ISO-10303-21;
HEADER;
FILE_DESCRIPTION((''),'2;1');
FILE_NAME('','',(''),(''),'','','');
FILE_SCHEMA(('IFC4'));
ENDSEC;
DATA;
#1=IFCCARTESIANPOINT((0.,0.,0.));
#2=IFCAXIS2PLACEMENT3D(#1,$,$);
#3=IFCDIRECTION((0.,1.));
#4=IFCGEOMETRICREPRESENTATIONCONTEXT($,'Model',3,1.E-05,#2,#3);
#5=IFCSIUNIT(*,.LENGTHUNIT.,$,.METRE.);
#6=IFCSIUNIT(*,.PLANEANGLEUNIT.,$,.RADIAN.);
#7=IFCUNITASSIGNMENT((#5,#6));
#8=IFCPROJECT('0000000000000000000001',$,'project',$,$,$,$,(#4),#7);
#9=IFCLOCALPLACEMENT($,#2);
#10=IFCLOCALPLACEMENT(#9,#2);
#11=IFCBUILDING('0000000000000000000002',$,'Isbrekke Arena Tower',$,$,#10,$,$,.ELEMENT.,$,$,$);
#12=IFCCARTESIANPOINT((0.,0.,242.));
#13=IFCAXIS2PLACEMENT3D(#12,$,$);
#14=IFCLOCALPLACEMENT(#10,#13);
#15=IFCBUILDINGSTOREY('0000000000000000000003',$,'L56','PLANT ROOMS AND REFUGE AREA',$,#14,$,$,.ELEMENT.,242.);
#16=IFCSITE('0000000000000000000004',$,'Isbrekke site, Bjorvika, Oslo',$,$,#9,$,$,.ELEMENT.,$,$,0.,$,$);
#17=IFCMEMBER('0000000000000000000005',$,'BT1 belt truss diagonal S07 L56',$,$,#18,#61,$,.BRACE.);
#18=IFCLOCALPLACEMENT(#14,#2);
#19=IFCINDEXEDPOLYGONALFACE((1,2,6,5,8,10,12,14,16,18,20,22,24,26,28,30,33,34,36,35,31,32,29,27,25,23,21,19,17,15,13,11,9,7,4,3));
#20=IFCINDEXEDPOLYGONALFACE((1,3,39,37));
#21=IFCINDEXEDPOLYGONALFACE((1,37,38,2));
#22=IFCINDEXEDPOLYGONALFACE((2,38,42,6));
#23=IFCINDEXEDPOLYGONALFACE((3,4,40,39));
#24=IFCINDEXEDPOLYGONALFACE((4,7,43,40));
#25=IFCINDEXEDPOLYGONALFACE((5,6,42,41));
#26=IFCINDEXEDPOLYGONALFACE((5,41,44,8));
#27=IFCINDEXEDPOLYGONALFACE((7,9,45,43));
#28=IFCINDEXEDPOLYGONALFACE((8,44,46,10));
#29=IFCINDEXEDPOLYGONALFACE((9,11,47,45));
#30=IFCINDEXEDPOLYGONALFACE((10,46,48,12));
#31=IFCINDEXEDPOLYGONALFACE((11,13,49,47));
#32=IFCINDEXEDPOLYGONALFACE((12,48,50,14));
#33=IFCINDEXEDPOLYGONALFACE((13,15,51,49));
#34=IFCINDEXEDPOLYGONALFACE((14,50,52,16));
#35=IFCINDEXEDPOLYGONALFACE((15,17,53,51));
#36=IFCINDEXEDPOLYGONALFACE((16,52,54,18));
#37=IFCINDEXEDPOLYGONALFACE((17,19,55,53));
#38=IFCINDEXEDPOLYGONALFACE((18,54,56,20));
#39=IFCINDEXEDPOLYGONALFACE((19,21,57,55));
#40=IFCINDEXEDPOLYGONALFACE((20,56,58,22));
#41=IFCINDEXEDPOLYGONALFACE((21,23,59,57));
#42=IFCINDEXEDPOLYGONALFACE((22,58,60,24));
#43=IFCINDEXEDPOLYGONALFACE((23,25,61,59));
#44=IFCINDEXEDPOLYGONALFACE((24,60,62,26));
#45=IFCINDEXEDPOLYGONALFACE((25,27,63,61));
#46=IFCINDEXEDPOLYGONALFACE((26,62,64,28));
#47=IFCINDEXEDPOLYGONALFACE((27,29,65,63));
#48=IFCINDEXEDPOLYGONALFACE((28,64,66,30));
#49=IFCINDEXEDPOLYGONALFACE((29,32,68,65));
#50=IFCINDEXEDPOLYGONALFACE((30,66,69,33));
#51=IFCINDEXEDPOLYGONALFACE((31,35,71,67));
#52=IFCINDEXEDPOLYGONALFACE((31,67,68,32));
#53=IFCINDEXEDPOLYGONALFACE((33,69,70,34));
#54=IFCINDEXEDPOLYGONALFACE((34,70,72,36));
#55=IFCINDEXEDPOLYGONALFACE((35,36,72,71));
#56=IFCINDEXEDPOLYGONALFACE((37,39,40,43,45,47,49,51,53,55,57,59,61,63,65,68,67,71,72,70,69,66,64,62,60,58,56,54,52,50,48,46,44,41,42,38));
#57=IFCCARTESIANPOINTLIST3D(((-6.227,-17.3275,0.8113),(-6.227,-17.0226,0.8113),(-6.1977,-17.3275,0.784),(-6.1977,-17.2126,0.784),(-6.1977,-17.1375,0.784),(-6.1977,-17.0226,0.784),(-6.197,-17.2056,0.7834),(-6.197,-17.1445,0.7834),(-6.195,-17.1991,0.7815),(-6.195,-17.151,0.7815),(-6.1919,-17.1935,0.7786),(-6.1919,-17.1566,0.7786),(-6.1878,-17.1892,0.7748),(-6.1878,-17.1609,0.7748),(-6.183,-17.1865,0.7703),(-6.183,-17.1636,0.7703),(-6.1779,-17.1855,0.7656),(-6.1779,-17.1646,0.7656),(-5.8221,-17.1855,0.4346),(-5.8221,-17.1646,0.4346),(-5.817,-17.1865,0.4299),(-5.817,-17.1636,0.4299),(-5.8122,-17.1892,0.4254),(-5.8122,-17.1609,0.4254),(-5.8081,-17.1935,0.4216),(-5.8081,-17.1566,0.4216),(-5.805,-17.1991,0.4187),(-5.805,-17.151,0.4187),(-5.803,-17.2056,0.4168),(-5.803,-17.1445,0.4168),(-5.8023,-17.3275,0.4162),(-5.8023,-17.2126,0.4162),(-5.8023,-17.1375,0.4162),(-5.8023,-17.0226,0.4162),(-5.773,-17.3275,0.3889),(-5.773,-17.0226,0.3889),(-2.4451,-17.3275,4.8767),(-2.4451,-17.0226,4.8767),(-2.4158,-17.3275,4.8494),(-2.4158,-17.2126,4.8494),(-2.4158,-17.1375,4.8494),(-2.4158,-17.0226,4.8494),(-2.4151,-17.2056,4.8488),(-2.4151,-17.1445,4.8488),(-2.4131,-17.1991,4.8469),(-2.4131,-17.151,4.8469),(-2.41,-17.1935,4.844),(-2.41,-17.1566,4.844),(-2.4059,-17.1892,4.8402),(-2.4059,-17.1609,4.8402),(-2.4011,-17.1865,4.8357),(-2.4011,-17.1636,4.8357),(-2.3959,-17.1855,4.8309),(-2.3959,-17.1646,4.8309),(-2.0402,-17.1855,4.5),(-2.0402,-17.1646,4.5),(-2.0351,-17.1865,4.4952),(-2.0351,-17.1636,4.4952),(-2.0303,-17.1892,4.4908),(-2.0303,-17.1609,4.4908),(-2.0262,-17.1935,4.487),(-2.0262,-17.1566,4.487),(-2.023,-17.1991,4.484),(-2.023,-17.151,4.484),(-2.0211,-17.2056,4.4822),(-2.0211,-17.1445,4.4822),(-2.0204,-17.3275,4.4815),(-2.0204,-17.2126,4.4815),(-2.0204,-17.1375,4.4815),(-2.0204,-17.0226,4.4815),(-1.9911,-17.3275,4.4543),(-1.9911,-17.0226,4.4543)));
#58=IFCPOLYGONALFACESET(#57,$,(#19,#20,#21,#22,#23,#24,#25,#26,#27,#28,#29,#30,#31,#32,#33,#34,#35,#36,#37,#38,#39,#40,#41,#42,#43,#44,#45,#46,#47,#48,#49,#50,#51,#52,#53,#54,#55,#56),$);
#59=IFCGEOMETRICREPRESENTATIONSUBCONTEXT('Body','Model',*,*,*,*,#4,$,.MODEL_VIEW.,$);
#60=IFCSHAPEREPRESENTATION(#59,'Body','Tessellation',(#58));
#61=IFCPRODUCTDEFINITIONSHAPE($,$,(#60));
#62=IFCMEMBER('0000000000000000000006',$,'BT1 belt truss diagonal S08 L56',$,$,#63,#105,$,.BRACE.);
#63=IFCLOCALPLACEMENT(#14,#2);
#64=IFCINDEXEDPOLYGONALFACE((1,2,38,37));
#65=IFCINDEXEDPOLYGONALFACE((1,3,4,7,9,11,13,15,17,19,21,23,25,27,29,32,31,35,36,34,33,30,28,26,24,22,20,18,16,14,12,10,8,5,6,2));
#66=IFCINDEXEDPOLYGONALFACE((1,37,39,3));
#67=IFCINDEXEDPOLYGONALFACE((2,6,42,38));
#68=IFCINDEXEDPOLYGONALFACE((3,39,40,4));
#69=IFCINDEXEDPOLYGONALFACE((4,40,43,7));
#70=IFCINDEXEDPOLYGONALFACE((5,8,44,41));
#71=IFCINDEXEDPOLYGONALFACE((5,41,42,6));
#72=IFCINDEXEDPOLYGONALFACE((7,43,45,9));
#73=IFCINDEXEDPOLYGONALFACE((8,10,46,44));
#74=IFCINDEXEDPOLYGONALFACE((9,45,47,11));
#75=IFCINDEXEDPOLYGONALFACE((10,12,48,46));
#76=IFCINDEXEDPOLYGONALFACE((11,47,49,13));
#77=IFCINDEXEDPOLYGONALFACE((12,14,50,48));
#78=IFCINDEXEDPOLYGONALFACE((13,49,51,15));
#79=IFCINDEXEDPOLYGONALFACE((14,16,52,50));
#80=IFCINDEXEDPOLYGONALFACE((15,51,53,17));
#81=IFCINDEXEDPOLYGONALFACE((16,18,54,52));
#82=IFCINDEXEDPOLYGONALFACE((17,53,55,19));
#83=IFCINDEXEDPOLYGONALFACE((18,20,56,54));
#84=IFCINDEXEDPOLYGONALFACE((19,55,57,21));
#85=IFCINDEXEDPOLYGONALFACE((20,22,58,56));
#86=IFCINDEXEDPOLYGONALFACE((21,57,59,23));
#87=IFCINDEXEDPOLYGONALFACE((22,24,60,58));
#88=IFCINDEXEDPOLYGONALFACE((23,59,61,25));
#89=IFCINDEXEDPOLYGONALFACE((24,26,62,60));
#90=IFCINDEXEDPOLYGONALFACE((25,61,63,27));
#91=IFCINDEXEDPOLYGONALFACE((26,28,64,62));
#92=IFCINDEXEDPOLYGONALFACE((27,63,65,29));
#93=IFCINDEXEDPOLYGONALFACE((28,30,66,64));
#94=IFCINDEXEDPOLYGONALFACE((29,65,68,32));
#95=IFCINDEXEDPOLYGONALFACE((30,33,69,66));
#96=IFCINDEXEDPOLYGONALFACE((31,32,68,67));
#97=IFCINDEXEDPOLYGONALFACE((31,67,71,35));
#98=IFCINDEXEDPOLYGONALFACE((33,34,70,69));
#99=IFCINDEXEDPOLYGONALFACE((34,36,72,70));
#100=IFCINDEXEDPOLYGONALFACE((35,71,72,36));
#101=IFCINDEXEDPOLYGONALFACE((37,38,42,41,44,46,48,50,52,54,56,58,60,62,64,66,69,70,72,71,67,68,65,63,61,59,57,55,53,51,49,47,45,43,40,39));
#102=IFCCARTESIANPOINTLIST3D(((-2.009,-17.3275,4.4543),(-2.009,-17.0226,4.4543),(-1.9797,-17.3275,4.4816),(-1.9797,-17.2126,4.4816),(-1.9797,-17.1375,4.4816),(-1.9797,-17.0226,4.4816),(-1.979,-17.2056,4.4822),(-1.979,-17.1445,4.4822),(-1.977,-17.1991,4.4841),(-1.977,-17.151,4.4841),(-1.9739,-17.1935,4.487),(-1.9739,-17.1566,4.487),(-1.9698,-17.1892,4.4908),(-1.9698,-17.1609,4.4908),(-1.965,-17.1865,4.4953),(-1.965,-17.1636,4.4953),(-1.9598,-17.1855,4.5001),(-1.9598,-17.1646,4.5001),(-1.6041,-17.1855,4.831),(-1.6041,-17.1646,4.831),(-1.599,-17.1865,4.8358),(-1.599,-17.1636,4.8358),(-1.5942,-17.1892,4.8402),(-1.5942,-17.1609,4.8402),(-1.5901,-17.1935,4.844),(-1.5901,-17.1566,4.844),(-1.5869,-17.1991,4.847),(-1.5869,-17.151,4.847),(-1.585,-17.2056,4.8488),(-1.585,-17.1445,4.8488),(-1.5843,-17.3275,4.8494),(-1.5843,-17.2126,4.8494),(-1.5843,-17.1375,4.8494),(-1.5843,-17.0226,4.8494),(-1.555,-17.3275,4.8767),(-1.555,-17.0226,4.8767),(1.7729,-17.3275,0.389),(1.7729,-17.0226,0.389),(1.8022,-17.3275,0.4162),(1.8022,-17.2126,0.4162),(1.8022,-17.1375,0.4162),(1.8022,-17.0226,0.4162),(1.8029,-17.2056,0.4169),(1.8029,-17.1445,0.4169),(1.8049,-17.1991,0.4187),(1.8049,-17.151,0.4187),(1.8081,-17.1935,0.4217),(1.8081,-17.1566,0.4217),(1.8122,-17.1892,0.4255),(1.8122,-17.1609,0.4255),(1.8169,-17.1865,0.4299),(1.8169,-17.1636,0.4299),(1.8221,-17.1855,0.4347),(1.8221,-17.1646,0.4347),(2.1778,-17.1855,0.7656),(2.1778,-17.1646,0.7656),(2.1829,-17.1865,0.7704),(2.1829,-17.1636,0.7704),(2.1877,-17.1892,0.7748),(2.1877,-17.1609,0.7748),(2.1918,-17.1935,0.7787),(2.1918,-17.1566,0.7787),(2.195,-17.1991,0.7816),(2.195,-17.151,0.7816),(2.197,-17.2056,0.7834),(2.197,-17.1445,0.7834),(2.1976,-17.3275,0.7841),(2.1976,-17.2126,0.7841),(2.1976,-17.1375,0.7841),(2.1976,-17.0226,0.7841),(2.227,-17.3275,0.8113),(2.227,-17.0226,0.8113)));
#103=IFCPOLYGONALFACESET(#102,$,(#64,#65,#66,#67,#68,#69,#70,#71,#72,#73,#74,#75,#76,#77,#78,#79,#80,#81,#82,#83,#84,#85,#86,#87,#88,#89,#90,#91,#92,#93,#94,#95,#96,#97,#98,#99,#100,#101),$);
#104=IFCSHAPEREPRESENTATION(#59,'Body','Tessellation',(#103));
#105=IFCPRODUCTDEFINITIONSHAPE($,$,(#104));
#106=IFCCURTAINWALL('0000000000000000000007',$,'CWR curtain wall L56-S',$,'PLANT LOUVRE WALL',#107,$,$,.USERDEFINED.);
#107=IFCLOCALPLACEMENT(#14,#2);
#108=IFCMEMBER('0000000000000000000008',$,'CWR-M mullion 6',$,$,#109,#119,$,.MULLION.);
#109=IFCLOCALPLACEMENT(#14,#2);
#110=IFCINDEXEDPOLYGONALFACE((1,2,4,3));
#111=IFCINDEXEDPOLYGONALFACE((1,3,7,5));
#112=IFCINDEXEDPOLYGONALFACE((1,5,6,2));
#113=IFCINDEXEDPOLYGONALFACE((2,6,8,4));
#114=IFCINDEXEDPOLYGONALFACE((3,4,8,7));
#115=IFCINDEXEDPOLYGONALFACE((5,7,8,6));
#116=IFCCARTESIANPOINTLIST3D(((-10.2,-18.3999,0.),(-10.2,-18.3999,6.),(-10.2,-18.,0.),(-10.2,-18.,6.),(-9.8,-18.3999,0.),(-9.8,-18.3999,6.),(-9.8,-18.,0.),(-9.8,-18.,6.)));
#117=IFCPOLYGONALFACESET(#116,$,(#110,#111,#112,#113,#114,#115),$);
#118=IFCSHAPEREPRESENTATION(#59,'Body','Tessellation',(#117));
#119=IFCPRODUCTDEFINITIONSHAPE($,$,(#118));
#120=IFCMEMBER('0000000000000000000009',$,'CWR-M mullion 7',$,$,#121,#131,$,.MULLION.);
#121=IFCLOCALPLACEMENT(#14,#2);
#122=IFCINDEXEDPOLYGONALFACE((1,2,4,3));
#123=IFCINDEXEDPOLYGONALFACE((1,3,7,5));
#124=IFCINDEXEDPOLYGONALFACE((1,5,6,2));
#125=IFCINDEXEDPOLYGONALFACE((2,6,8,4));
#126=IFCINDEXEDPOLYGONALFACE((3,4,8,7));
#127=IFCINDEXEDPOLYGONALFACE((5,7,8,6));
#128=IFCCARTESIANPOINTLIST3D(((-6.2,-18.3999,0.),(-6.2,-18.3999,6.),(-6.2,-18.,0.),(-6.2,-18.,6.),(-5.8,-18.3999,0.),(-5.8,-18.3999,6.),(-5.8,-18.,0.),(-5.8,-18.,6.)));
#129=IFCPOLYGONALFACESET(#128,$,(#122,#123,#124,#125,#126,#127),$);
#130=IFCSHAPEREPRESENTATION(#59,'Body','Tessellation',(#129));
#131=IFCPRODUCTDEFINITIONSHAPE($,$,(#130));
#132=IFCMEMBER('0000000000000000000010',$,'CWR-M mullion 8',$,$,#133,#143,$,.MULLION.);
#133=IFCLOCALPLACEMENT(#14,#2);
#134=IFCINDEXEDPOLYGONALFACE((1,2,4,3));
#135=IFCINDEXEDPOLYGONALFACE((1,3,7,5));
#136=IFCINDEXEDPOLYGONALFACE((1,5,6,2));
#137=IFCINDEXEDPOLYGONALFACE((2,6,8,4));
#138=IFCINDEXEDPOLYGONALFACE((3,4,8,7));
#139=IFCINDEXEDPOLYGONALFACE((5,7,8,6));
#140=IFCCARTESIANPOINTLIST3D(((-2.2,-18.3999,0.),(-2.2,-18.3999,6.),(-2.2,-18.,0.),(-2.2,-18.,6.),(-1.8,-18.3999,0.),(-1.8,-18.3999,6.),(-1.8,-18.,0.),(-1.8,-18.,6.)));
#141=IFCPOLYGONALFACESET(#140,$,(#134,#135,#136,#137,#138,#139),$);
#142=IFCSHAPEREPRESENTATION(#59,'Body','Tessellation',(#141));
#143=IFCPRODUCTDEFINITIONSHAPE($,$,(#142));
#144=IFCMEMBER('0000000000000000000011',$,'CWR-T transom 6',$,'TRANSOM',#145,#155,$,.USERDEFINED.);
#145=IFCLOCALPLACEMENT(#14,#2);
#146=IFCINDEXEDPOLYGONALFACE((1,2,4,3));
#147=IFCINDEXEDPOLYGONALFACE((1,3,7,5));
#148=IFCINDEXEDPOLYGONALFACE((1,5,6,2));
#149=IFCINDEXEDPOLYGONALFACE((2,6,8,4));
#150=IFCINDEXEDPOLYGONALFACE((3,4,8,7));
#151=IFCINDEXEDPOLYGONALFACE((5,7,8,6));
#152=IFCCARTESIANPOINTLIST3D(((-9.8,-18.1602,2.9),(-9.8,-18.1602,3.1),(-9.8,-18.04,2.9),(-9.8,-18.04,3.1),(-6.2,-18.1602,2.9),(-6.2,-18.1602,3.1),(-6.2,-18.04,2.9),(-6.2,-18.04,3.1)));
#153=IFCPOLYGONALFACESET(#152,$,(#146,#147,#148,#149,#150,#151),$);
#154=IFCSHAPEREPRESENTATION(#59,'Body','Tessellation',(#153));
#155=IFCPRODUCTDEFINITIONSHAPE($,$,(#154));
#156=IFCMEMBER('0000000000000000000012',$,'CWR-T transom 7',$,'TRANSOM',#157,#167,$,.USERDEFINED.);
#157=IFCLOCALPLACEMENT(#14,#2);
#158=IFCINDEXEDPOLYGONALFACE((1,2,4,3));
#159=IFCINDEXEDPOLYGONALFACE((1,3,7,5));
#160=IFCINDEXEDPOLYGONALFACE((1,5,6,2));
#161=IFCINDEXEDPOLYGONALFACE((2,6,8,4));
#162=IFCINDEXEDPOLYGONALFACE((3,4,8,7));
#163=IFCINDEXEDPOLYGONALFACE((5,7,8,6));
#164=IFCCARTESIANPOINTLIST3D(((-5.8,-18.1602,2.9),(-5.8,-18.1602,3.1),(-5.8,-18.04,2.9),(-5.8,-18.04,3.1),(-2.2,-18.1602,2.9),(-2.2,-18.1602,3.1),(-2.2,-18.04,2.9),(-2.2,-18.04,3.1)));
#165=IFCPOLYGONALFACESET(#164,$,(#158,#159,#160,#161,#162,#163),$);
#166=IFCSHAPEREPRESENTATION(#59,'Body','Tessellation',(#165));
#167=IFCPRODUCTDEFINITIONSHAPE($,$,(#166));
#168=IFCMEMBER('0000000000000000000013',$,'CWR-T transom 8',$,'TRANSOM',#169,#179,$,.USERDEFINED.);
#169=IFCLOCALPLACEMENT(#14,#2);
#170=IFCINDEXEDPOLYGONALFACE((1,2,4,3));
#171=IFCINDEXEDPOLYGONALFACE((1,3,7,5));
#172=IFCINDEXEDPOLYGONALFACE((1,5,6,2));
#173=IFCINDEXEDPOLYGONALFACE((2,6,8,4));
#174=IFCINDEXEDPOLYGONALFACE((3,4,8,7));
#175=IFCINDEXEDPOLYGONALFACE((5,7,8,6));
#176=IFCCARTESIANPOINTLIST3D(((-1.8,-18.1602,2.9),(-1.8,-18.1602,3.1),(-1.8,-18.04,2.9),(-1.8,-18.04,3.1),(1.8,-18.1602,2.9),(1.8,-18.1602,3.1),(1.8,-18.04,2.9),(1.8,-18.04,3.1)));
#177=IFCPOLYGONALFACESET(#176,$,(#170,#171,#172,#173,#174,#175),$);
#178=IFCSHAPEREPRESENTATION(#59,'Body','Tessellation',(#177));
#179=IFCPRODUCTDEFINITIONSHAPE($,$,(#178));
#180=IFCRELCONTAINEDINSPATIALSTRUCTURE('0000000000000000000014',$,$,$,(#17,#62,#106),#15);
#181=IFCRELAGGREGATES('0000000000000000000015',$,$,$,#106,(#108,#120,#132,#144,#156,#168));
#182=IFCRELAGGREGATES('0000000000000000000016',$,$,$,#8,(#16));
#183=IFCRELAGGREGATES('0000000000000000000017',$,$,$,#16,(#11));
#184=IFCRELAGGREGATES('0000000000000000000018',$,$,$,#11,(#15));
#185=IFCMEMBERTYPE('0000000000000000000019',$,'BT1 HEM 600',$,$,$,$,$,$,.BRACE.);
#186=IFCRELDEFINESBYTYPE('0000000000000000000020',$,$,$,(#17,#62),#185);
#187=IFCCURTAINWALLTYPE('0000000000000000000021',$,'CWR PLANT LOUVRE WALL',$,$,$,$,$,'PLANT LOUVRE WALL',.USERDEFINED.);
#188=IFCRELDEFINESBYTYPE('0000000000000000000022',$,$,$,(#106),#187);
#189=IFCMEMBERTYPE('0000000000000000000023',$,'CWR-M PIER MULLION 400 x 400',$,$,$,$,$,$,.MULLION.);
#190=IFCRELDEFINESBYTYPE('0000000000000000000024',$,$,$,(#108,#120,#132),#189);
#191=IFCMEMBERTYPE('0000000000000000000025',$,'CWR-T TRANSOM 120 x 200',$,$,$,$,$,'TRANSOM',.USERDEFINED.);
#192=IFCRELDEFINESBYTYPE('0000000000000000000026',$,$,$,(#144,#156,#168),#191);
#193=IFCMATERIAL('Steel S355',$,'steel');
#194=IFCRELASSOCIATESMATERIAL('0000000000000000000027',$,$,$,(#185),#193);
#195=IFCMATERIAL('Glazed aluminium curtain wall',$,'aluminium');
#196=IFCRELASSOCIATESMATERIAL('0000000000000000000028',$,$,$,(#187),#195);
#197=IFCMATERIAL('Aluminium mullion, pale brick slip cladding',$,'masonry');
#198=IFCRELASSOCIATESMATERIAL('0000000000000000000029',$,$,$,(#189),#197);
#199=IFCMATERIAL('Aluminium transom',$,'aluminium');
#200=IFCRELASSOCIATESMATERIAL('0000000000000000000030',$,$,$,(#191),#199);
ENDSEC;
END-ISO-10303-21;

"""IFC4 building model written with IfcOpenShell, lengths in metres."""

from ifc_helpers import new_model, si_unit, direction, frame, origin, origin_2d, place, context, subcontext, project, spatial, rectangle, i_section, extrude, material, material_profile, profile_set, type_object, element, aggregate, save


model = new_model("IFC4")

# Units and contexts
model_context = context("Model", 3, precision=1e-05, world=origin(), true_north=direction((0.0, 1.0)))
body_context = subcontext(model_context, "Body", "Model", "MODEL_VIEW")
ifc_project = project(units=[si_unit("LENGTHUNIT", "METRE"), si_unit("PLANEANGLEUNIT", "RADIAN")], contexts=[model_context])

# Site, building, storey
site_placement = place(None, origin())
site = spatial("IfcSite", under=ifc_project, at=site_placement, Name="Isbrekke site, Bjorvika, Oslo", CompositionType="ELEMENT", RefElevation=0.0)
building_placement = place(site_placement, origin())
building = spatial("IfcBuilding", under=site, at=building_placement, Name="Isbrekke Arena Tower", CompositionType="ELEMENT")
storey_placement = place(building_placement, frame((0.0, 0.0, 242.0)))
storey = spatial("IfcBuildingStorey", under=building, at=storey_placement, Name="L56", Description="PLANT ROOMS AND REFUGE AREA", CompositionType="ELEMENT", Elevation=242.0)

# Members
ifc_material_1 = material(Name="Steel S355", Category="steel")
ifc_material_profile_1 = material_profile(ifc_material_1, i_section(OverallWidth=0.3049, OverallDepth=0.6201, WebThickness=0.021, FlangeThickness=0.04, FilletRadius=0.0271, at=origin_2d()), Name="HEM 600")
ifc_profile_set_1 = profile_set([ifc_material_profile_1], Name="Steel S355")
member_type_1 = type_object("IfcMemberType", Name="BT1 HEM 600", PredefinedType="BRACE", material=ifc_profile_set_1)
for number, where, z_axis, x_axis, name in (
    (1, (-6.0, -17.175, 0.6001), (0.681122, 0.0, 0.73217), (0.0, 1.0, 0.0), "BT1 belt truss diagonal S07 L56"),
    (2, (-1.782, -17.175, 4.6655), (0.681122, 0.0, -0.73217), (0.0, 1.0, 0.0), "BT1 belt truss diagonal S08 L56"),
):
    element("IfcMember", number, at=place(storey_placement, frame(where, z_axis=z_axis, x_axis=x_axis)), inside=storey, type_object=member_type_1, Name=name, PredefinedType="BRACE", context=body_context, shape_type="SweptSolid", body=[
        extrude(i_section(OverallWidth=0.3049, OverallDepth=0.6201, WebThickness=0.021, FlangeThickness=0.04, FilletRadius=0.0271, at=origin_2d()), origin(), (0.0, 0.0, 1.0), 5.5525),
    ])

# Curtain wall, members
ifc_material_2 = material(Name="Glazed aluminium curtain wall", Category="aluminium")
curtain_wall_type = type_object("IfcCurtainWallType", Name="CWR PLANT LOUVRE WALL", ElementType="PLANT LOUVRE WALL", PredefinedType="USERDEFINED", material=ifc_material_2)
curtain_wall_placement = place(storey_placement, origin())
curtain_wall = element("IfcCurtainWall", 3, at=curtain_wall_placement, inside=storey, type_object=curtain_wall_type, Name="CWR curtain wall L56-S", ObjectType="PLANT LOUVRE WALL", PredefinedType="USERDEFINED")
ifc_material_3 = material(Name="Aluminium mullion, pale brick slip cladding", Category="masonry")
ifc_material_profile_2 = material_profile(ifc_material_3, rectangle(XDim=0.3999, YDim=0.3999, at=origin_2d()), Name="PIER 400X400")
ifc_profile_set_2 = profile_set([ifc_material_profile_2], Name="Aluminium mullion, pale brick slip cladding")
member_type_2 = type_object("IfcMemberType", Name="CWR-M PIER MULLION 400 x 400", PredefinedType="MULLION", material=ifc_profile_set_2)
member_1_placement = place(storey_placement, frame((-10.0, -18.2, 0.0), z_axis=(0.0, 0.0, 1.0), x_axis=(1.0, 0.0, 0.0)))
member_1 = element("IfcMember", 4, at=member_1_placement, type_object=member_type_2, Name="CWR-M mullion 6", PredefinedType="MULLION", context=body_context, shape_type="SweptSolid", body=[
    extrude(rectangle(XDim=0.3999, YDim=0.3999, at=origin_2d()), origin(), (0.0, 0.0, 1.0), 6.0),
])
member_2_placement = place(storey_placement, frame((-6.0, -18.2, 0.0), z_axis=(0.0, 0.0, 1.0), x_axis=(1.0, 0.0, 0.0)))
member_2 = element("IfcMember", 5, at=member_2_placement, type_object=member_type_2, Name="CWR-M mullion 7", PredefinedType="MULLION", context=body_context, shape_type="SweptSolid", body=[
    extrude(rectangle(XDim=0.3999, YDim=0.3999, at=origin_2d()), origin(), (0.0, 0.0, 1.0), 6.0),
])
member_3_placement = place(storey_placement, frame((-2.0, -18.2, 0.0), z_axis=(0.0, 0.0, 1.0), x_axis=(1.0, 0.0, 0.0)))
member_3 = element("IfcMember", 6, at=member_3_placement, type_object=member_type_2, Name="CWR-M mullion 8", PredefinedType="MULLION", context=body_context, shape_type="SweptSolid", body=[
    extrude(rectangle(XDim=0.3999, YDim=0.3999, at=origin_2d()), origin(), (0.0, 0.0, 1.0), 6.0),
])
ifc_material_4 = material(Name="Aluminium transom", Category="aluminium")
ifc_material_profile_3 = material_profile(ifc_material_4, rectangle(XDim=0.1201, YDim=0.2, at=origin_2d()), Name="TRANSOM 120X200")
ifc_profile_set_3 = profile_set([ifc_material_profile_3], Name="Aluminium transom")
member_type_3 = type_object("IfcMemberType", Name="CWR-T TRANSOM 120 x 200", ElementType="TRANSOM", PredefinedType="USERDEFINED", material=ifc_profile_set_3)
member_4_placement = place(storey_placement, frame((-9.8, -18.1001, 3.0), z_axis=(1.0, 0.0, 0.0), x_axis=(0.0, 1.0, 0.0)))
member_4 = element("IfcMember", 7, at=member_4_placement, type_object=member_type_3, Name="CWR-T transom 6", ObjectType="TRANSOM", PredefinedType="USERDEFINED", context=body_context, shape_type="SweptSolid", body=[
    extrude(rectangle(XDim=0.1201, YDim=0.2, at=origin_2d()), origin(), (0.0, 0.0, 1.0), 3.6001),
])
member_5_placement = place(storey_placement, frame((-5.8, -18.1001, 3.0), z_axis=(1.0, 0.0, 0.0), x_axis=(0.0, 1.0, 0.0)))
member_5 = element("IfcMember", 8, at=member_5_placement, type_object=member_type_3, Name="CWR-T transom 7", ObjectType="TRANSOM", PredefinedType="USERDEFINED", context=body_context, shape_type="SweptSolid", body=[
    extrude(rectangle(XDim=0.1201, YDim=0.2, at=origin_2d()), origin(), (0.0, 0.0, 1.0), 3.6001),
])
member_6_placement = place(storey_placement, frame((-1.8, -18.1001, 3.0), z_axis=(1.0, 0.0, 0.0), x_axis=(0.0, 1.0, 0.0)))
member_6 = element("IfcMember", 9, at=member_6_placement, type_object=member_type_3, Name="CWR-T transom 8", ObjectType="TRANSOM", PredefinedType="USERDEFINED", context=body_context, shape_type="SweptSolid", body=[
    extrude(rectangle(XDim=0.1201, YDim=0.2, at=origin_2d()), origin(), (0.0, 0.0, 1.0), 3.6001),
])

aggregate(curtain_wall, [member_1, member_2, member_3, member_4, member_5, member_6])

save(model, "model.ifc")
